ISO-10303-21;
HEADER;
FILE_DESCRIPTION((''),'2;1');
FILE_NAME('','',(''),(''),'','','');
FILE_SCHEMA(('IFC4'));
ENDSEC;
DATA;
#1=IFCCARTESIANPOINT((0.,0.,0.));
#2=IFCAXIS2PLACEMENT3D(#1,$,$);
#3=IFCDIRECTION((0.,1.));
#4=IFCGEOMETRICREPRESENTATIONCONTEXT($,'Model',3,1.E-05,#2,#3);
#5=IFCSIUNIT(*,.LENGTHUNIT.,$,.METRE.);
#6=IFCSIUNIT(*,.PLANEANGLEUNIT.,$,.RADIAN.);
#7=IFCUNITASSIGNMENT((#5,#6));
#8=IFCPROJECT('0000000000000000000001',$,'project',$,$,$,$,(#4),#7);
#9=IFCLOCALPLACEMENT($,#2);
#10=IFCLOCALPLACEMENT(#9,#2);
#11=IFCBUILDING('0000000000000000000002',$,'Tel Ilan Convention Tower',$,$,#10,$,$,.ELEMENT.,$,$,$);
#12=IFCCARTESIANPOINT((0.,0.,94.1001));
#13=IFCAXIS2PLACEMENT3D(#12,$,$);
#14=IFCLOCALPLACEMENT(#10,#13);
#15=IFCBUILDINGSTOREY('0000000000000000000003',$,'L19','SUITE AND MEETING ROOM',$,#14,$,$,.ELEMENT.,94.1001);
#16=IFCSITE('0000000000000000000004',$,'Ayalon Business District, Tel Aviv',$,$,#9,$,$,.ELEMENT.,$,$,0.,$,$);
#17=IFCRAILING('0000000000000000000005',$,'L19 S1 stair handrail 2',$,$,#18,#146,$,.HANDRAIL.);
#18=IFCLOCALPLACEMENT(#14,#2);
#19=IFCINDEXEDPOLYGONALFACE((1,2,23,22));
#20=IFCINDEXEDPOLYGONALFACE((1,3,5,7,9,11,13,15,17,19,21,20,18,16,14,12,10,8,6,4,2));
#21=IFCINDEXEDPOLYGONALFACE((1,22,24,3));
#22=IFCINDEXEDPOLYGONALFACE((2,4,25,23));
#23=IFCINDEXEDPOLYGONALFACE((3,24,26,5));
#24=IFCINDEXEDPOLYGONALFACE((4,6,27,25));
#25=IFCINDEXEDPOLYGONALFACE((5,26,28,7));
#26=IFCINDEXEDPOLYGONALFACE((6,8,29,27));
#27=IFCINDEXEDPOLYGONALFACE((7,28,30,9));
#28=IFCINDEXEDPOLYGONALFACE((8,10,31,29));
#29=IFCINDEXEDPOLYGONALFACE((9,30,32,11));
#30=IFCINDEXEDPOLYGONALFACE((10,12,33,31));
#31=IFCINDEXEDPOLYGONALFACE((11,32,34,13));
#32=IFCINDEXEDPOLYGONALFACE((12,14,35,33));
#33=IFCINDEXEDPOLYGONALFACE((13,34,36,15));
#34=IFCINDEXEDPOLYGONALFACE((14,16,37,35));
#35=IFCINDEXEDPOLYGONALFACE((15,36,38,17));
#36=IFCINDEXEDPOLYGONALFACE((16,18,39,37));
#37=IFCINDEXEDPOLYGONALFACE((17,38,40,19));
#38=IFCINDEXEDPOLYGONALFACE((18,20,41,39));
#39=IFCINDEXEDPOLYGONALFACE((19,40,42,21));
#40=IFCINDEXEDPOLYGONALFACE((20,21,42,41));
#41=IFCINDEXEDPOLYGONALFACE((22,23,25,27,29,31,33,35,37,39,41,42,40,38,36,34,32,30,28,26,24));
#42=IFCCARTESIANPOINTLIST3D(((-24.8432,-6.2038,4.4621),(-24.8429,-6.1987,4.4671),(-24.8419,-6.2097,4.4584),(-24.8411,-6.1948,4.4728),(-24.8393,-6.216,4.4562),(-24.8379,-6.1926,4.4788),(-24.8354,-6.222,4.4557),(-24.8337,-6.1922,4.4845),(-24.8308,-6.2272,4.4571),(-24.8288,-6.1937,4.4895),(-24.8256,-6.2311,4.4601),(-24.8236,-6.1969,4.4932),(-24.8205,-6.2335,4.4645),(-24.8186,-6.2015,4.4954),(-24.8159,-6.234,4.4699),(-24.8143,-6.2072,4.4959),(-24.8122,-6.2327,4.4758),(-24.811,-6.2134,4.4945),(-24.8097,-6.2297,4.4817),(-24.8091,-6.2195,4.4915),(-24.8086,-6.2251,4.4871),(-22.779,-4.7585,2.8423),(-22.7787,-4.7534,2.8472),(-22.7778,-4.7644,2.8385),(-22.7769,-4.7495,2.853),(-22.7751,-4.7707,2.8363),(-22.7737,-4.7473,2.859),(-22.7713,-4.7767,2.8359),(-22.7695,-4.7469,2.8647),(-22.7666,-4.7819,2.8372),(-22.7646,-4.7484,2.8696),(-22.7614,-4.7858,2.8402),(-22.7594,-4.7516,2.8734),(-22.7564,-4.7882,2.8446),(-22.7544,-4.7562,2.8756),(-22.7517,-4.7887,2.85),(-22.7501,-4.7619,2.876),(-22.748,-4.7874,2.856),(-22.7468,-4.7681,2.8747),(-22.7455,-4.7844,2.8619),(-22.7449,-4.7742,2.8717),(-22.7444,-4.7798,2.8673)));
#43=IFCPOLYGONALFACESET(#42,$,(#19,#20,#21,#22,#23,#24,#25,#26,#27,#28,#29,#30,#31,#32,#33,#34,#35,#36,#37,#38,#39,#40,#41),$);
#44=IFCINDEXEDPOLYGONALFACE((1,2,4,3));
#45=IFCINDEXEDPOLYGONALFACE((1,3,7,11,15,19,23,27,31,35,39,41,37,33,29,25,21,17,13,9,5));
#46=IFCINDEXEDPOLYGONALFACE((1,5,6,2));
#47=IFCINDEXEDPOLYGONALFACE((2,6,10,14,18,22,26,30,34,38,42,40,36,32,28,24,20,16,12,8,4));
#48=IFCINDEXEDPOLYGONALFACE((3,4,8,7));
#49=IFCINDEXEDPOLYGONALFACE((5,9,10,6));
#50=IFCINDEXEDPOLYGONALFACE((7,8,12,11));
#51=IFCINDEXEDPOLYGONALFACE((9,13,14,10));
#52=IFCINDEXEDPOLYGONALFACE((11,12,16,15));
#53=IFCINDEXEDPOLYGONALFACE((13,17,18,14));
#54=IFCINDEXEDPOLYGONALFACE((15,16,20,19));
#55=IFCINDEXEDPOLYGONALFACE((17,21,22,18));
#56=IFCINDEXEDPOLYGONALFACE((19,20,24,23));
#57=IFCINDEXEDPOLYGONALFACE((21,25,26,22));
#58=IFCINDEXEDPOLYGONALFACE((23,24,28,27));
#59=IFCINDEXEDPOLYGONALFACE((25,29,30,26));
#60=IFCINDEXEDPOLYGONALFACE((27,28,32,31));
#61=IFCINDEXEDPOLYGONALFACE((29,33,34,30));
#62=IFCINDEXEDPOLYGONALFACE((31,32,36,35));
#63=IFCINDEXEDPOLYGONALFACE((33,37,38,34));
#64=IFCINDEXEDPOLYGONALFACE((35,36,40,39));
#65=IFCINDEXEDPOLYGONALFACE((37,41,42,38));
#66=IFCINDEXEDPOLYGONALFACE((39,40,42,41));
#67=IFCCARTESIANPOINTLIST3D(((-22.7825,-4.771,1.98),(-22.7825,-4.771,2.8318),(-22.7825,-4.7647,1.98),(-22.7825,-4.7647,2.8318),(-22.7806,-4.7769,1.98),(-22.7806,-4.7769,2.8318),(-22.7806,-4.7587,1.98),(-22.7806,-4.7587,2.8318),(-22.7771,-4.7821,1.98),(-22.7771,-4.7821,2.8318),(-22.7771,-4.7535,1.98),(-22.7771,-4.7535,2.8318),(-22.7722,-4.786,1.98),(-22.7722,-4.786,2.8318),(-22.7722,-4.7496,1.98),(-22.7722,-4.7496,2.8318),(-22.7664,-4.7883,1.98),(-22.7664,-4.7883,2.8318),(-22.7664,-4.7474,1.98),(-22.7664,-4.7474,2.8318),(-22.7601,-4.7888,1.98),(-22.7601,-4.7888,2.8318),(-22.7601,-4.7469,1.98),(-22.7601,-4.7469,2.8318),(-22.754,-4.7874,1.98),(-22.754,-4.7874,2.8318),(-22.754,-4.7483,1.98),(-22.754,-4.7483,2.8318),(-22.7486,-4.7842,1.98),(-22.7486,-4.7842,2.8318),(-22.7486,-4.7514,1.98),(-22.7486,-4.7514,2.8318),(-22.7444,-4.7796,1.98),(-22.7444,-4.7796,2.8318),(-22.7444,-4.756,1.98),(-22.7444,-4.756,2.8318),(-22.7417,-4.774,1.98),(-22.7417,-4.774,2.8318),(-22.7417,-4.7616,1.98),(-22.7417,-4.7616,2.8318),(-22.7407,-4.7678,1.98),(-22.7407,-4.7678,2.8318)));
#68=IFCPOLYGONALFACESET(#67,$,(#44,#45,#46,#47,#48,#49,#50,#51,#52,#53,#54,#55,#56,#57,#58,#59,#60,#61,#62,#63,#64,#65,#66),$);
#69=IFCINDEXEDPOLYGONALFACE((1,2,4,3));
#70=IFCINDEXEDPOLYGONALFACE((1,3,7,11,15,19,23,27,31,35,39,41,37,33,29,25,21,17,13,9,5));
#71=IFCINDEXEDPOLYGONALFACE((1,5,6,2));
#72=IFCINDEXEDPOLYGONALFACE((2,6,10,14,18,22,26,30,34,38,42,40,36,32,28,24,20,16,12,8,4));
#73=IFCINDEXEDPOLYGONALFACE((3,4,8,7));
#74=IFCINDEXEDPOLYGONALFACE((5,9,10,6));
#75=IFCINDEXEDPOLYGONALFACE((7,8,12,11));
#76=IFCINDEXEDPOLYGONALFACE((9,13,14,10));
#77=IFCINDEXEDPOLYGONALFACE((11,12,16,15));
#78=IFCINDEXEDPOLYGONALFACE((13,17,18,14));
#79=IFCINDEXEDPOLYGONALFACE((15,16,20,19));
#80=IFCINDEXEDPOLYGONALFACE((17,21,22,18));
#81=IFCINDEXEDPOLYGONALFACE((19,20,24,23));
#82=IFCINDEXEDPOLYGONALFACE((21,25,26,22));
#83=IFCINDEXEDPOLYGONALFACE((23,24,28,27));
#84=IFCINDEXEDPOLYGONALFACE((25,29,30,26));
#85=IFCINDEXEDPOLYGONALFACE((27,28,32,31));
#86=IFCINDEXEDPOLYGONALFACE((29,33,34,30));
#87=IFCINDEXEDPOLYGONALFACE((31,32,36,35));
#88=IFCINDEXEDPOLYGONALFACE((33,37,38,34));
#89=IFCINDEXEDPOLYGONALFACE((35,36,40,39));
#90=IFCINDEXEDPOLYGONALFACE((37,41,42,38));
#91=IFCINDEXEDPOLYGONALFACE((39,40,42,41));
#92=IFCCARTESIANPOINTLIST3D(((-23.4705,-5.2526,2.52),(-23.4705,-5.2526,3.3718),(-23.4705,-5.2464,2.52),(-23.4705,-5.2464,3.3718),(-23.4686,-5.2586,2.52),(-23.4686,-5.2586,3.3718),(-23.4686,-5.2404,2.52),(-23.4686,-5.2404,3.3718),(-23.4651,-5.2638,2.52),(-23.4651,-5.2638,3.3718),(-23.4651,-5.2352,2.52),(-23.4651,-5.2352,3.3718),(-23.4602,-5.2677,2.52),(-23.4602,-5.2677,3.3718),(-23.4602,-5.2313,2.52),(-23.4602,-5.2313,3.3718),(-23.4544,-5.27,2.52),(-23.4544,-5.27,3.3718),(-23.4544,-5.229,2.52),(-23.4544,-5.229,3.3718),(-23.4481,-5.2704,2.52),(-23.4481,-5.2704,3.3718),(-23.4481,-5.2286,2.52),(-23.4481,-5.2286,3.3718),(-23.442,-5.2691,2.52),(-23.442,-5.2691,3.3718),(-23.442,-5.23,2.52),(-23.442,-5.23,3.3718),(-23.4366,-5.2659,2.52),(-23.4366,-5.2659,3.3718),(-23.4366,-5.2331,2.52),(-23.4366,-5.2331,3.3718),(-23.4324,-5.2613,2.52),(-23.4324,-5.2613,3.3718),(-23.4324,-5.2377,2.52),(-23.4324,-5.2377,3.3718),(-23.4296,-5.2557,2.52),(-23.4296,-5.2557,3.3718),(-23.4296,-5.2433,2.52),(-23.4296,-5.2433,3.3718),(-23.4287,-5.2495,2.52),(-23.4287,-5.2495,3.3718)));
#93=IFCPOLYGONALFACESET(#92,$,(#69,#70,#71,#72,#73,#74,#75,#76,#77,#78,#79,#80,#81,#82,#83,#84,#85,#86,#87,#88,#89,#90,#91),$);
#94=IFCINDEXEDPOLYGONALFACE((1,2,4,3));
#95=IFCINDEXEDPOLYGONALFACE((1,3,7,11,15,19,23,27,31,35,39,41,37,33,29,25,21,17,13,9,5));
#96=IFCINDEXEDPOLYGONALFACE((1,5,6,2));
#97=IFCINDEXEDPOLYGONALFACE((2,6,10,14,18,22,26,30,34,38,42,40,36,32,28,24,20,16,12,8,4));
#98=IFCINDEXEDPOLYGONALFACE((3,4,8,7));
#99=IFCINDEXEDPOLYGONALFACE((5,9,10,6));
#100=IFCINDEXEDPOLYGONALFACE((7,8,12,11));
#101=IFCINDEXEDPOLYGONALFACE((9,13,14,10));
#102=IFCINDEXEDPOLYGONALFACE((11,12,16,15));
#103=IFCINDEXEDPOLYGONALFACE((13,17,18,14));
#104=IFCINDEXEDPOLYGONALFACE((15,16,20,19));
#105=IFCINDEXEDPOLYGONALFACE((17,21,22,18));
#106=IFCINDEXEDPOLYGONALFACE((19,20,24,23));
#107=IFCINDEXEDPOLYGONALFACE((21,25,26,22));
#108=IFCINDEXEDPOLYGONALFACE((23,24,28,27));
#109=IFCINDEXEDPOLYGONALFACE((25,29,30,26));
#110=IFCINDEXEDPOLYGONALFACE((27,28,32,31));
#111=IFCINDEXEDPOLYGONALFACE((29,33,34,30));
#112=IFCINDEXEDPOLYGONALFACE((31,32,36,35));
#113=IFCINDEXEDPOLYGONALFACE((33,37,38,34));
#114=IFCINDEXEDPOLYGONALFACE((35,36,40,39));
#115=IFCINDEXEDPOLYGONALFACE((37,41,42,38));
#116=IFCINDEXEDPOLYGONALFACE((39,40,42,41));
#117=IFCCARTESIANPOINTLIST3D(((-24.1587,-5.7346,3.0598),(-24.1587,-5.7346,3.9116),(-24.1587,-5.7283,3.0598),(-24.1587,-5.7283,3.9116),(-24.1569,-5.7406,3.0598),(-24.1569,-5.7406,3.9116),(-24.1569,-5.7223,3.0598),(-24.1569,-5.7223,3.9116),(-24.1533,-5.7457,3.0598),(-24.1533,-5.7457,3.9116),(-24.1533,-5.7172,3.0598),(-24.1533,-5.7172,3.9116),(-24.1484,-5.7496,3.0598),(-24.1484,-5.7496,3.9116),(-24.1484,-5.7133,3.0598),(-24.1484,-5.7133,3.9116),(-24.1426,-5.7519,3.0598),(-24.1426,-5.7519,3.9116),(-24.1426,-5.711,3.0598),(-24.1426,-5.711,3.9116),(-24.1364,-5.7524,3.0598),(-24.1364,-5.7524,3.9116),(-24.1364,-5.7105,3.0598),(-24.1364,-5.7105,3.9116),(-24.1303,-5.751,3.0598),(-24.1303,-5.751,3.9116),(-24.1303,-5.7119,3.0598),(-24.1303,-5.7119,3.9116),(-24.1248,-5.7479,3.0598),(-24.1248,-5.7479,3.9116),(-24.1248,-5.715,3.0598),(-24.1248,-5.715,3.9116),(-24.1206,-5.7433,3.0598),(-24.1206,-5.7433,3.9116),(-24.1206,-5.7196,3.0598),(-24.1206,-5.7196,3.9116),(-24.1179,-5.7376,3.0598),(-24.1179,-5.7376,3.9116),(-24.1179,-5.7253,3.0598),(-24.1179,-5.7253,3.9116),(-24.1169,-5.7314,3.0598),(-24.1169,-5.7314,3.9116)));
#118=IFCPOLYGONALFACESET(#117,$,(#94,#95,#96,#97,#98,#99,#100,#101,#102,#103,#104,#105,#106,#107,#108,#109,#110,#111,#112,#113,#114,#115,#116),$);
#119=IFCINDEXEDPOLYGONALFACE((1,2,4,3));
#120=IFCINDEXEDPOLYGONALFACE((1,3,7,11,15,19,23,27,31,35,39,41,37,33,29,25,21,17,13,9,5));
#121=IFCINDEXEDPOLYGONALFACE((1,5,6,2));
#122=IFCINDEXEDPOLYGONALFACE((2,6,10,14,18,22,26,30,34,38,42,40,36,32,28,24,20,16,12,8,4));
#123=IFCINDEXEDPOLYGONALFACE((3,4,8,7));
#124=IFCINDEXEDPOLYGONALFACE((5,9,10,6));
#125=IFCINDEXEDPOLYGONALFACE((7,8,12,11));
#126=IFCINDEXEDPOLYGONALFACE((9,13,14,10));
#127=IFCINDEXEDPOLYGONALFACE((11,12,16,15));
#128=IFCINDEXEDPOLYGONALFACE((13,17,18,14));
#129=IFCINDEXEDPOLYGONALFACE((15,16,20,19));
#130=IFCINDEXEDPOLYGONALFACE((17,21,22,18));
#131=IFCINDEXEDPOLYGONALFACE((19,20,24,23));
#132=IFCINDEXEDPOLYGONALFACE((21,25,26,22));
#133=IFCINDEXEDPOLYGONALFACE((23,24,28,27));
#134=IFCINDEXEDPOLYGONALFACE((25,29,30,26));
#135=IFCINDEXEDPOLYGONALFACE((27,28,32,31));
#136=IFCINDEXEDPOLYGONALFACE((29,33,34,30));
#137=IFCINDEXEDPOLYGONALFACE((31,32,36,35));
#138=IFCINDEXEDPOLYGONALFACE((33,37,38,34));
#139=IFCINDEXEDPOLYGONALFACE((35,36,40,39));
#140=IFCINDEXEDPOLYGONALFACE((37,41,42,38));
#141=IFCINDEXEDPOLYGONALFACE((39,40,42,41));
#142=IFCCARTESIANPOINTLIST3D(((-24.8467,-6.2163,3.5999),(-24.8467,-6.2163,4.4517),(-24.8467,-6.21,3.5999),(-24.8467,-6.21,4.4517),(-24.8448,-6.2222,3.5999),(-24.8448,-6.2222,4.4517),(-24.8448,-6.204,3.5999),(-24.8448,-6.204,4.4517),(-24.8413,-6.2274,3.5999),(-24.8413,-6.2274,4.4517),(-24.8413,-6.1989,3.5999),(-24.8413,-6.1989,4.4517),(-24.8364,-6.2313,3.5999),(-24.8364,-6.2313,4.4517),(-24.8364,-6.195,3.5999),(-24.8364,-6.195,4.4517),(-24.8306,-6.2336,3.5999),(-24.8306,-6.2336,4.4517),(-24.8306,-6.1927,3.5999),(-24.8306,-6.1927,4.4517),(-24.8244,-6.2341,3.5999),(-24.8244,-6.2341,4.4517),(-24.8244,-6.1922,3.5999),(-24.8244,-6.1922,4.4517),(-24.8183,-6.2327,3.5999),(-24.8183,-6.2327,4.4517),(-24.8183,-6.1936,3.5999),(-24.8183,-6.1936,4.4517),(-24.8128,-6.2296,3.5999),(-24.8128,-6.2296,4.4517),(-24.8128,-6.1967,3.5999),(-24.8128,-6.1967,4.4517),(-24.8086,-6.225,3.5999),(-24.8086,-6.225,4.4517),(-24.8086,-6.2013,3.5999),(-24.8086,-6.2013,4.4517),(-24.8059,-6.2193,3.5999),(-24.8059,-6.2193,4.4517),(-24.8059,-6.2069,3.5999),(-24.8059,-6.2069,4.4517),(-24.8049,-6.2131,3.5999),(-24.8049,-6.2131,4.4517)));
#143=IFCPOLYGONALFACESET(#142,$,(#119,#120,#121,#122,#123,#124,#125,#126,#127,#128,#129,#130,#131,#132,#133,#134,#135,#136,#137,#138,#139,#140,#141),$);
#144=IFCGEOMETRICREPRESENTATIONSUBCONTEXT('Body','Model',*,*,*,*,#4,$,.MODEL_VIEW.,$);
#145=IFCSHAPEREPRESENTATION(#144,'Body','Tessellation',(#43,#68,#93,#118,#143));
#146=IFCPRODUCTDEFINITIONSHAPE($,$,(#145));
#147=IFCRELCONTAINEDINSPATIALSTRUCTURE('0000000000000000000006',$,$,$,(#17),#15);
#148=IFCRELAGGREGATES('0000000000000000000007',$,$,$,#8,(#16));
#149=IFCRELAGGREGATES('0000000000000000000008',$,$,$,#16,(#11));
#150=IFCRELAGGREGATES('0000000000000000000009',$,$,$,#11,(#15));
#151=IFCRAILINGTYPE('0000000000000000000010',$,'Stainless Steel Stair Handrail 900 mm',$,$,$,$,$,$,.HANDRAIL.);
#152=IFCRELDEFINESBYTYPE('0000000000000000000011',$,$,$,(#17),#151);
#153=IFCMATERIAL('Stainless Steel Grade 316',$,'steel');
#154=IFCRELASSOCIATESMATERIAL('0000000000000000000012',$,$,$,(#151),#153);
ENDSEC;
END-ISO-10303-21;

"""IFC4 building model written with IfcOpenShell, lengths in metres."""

from ifc_helpers import new_model, si_unit, direction, frame, origin, origin_2d, place, context, subcontext, project, spatial, circle, extrude, material, type_object, element, save


model = new_model("IFC4")

# Units and contexts
model_context = context("Model", 3, precision=1e-05, world=origin(), true_north=direction((0.0, 1.0)))
body_context = subcontext(model_context, "Body", "Model", "MODEL_VIEW")
ifc_project = project(units=[si_unit("LENGTHUNIT", "METRE"), si_unit("PLANEANGLEUNIT", "RADIAN")], contexts=[model_context])

# Site, building, storey
site_placement = place(None, origin())
site = spatial("IfcSite", under=ifc_project, at=site_placement, Name="Ayalon Business District, Tel Aviv", CompositionType="ELEMENT", RefElevation=0.0)
building_placement = place(site_placement, origin())
building = spatial("IfcBuilding", under=site, at=building_placement, Name="Tel Ilan Convention Tower", CompositionType="ELEMENT")
storey_placement = place(building_placement, frame((0.0, 0.0, 94.1001)))
storey = spatial("IfcBuildingStorey", under=building, at=storey_placement, Name="L19", Description="SUITE AND MEETING ROOM", CompositionType="ELEMENT", Elevation=94.1001)

# Railing
ifc_material_1 = material(Name="Stainless Steel Grade 316", Category="steel")
railing_type_1 = type_object("IfcRailingType", Name="Stainless Steel Stair Handrail 900 mm", PredefinedType="HANDRAIL", material=ifc_material_1)
railing_1_placement = place(storey_placement, frame((-22.7617, -4.7678, 1.98)))
element("IfcRailing", 1, at=railing_1_placement, inside=storey, type_object=railing_type_1, Name="L19 S1 stair handrail 2", PredefinedType="HANDRAIL", context=body_context, shape_type="SweptSolid", body=[
    extrude(circle(Radius=0.0239, at=origin_2d()), frame((0.0, 0.0, 0.876), z_axis=(-0.68907, -0.482472, 0.540743), x_axis=(0.57356, -0.819164, 0.0)), (0.0, 0.0, 1.0), 2.9956),
    extrude(circle(Radius=0.021, at=origin_2d()), origin(), (0.0, 0.0, 1.0), 0.8518),
    extrude(circle(Radius=0.021, at=origin_2d()), frame((-0.688, -0.4817, 0.54)), (0.0, 0.0, 1.0), 0.8518),
    extrude(circle(Radius=0.021, at=origin_2d()), frame((-1.3762, -0.9636, 1.0798)), (0.0, 0.0, 1.0), 0.8518),
    extrude(circle(Radius=0.021, at=origin_2d()), frame((-2.0642, -1.4453, 1.6199)), (0.0, 0.0, 1.0), 0.8518),
])

save(model, "model.ifc")
